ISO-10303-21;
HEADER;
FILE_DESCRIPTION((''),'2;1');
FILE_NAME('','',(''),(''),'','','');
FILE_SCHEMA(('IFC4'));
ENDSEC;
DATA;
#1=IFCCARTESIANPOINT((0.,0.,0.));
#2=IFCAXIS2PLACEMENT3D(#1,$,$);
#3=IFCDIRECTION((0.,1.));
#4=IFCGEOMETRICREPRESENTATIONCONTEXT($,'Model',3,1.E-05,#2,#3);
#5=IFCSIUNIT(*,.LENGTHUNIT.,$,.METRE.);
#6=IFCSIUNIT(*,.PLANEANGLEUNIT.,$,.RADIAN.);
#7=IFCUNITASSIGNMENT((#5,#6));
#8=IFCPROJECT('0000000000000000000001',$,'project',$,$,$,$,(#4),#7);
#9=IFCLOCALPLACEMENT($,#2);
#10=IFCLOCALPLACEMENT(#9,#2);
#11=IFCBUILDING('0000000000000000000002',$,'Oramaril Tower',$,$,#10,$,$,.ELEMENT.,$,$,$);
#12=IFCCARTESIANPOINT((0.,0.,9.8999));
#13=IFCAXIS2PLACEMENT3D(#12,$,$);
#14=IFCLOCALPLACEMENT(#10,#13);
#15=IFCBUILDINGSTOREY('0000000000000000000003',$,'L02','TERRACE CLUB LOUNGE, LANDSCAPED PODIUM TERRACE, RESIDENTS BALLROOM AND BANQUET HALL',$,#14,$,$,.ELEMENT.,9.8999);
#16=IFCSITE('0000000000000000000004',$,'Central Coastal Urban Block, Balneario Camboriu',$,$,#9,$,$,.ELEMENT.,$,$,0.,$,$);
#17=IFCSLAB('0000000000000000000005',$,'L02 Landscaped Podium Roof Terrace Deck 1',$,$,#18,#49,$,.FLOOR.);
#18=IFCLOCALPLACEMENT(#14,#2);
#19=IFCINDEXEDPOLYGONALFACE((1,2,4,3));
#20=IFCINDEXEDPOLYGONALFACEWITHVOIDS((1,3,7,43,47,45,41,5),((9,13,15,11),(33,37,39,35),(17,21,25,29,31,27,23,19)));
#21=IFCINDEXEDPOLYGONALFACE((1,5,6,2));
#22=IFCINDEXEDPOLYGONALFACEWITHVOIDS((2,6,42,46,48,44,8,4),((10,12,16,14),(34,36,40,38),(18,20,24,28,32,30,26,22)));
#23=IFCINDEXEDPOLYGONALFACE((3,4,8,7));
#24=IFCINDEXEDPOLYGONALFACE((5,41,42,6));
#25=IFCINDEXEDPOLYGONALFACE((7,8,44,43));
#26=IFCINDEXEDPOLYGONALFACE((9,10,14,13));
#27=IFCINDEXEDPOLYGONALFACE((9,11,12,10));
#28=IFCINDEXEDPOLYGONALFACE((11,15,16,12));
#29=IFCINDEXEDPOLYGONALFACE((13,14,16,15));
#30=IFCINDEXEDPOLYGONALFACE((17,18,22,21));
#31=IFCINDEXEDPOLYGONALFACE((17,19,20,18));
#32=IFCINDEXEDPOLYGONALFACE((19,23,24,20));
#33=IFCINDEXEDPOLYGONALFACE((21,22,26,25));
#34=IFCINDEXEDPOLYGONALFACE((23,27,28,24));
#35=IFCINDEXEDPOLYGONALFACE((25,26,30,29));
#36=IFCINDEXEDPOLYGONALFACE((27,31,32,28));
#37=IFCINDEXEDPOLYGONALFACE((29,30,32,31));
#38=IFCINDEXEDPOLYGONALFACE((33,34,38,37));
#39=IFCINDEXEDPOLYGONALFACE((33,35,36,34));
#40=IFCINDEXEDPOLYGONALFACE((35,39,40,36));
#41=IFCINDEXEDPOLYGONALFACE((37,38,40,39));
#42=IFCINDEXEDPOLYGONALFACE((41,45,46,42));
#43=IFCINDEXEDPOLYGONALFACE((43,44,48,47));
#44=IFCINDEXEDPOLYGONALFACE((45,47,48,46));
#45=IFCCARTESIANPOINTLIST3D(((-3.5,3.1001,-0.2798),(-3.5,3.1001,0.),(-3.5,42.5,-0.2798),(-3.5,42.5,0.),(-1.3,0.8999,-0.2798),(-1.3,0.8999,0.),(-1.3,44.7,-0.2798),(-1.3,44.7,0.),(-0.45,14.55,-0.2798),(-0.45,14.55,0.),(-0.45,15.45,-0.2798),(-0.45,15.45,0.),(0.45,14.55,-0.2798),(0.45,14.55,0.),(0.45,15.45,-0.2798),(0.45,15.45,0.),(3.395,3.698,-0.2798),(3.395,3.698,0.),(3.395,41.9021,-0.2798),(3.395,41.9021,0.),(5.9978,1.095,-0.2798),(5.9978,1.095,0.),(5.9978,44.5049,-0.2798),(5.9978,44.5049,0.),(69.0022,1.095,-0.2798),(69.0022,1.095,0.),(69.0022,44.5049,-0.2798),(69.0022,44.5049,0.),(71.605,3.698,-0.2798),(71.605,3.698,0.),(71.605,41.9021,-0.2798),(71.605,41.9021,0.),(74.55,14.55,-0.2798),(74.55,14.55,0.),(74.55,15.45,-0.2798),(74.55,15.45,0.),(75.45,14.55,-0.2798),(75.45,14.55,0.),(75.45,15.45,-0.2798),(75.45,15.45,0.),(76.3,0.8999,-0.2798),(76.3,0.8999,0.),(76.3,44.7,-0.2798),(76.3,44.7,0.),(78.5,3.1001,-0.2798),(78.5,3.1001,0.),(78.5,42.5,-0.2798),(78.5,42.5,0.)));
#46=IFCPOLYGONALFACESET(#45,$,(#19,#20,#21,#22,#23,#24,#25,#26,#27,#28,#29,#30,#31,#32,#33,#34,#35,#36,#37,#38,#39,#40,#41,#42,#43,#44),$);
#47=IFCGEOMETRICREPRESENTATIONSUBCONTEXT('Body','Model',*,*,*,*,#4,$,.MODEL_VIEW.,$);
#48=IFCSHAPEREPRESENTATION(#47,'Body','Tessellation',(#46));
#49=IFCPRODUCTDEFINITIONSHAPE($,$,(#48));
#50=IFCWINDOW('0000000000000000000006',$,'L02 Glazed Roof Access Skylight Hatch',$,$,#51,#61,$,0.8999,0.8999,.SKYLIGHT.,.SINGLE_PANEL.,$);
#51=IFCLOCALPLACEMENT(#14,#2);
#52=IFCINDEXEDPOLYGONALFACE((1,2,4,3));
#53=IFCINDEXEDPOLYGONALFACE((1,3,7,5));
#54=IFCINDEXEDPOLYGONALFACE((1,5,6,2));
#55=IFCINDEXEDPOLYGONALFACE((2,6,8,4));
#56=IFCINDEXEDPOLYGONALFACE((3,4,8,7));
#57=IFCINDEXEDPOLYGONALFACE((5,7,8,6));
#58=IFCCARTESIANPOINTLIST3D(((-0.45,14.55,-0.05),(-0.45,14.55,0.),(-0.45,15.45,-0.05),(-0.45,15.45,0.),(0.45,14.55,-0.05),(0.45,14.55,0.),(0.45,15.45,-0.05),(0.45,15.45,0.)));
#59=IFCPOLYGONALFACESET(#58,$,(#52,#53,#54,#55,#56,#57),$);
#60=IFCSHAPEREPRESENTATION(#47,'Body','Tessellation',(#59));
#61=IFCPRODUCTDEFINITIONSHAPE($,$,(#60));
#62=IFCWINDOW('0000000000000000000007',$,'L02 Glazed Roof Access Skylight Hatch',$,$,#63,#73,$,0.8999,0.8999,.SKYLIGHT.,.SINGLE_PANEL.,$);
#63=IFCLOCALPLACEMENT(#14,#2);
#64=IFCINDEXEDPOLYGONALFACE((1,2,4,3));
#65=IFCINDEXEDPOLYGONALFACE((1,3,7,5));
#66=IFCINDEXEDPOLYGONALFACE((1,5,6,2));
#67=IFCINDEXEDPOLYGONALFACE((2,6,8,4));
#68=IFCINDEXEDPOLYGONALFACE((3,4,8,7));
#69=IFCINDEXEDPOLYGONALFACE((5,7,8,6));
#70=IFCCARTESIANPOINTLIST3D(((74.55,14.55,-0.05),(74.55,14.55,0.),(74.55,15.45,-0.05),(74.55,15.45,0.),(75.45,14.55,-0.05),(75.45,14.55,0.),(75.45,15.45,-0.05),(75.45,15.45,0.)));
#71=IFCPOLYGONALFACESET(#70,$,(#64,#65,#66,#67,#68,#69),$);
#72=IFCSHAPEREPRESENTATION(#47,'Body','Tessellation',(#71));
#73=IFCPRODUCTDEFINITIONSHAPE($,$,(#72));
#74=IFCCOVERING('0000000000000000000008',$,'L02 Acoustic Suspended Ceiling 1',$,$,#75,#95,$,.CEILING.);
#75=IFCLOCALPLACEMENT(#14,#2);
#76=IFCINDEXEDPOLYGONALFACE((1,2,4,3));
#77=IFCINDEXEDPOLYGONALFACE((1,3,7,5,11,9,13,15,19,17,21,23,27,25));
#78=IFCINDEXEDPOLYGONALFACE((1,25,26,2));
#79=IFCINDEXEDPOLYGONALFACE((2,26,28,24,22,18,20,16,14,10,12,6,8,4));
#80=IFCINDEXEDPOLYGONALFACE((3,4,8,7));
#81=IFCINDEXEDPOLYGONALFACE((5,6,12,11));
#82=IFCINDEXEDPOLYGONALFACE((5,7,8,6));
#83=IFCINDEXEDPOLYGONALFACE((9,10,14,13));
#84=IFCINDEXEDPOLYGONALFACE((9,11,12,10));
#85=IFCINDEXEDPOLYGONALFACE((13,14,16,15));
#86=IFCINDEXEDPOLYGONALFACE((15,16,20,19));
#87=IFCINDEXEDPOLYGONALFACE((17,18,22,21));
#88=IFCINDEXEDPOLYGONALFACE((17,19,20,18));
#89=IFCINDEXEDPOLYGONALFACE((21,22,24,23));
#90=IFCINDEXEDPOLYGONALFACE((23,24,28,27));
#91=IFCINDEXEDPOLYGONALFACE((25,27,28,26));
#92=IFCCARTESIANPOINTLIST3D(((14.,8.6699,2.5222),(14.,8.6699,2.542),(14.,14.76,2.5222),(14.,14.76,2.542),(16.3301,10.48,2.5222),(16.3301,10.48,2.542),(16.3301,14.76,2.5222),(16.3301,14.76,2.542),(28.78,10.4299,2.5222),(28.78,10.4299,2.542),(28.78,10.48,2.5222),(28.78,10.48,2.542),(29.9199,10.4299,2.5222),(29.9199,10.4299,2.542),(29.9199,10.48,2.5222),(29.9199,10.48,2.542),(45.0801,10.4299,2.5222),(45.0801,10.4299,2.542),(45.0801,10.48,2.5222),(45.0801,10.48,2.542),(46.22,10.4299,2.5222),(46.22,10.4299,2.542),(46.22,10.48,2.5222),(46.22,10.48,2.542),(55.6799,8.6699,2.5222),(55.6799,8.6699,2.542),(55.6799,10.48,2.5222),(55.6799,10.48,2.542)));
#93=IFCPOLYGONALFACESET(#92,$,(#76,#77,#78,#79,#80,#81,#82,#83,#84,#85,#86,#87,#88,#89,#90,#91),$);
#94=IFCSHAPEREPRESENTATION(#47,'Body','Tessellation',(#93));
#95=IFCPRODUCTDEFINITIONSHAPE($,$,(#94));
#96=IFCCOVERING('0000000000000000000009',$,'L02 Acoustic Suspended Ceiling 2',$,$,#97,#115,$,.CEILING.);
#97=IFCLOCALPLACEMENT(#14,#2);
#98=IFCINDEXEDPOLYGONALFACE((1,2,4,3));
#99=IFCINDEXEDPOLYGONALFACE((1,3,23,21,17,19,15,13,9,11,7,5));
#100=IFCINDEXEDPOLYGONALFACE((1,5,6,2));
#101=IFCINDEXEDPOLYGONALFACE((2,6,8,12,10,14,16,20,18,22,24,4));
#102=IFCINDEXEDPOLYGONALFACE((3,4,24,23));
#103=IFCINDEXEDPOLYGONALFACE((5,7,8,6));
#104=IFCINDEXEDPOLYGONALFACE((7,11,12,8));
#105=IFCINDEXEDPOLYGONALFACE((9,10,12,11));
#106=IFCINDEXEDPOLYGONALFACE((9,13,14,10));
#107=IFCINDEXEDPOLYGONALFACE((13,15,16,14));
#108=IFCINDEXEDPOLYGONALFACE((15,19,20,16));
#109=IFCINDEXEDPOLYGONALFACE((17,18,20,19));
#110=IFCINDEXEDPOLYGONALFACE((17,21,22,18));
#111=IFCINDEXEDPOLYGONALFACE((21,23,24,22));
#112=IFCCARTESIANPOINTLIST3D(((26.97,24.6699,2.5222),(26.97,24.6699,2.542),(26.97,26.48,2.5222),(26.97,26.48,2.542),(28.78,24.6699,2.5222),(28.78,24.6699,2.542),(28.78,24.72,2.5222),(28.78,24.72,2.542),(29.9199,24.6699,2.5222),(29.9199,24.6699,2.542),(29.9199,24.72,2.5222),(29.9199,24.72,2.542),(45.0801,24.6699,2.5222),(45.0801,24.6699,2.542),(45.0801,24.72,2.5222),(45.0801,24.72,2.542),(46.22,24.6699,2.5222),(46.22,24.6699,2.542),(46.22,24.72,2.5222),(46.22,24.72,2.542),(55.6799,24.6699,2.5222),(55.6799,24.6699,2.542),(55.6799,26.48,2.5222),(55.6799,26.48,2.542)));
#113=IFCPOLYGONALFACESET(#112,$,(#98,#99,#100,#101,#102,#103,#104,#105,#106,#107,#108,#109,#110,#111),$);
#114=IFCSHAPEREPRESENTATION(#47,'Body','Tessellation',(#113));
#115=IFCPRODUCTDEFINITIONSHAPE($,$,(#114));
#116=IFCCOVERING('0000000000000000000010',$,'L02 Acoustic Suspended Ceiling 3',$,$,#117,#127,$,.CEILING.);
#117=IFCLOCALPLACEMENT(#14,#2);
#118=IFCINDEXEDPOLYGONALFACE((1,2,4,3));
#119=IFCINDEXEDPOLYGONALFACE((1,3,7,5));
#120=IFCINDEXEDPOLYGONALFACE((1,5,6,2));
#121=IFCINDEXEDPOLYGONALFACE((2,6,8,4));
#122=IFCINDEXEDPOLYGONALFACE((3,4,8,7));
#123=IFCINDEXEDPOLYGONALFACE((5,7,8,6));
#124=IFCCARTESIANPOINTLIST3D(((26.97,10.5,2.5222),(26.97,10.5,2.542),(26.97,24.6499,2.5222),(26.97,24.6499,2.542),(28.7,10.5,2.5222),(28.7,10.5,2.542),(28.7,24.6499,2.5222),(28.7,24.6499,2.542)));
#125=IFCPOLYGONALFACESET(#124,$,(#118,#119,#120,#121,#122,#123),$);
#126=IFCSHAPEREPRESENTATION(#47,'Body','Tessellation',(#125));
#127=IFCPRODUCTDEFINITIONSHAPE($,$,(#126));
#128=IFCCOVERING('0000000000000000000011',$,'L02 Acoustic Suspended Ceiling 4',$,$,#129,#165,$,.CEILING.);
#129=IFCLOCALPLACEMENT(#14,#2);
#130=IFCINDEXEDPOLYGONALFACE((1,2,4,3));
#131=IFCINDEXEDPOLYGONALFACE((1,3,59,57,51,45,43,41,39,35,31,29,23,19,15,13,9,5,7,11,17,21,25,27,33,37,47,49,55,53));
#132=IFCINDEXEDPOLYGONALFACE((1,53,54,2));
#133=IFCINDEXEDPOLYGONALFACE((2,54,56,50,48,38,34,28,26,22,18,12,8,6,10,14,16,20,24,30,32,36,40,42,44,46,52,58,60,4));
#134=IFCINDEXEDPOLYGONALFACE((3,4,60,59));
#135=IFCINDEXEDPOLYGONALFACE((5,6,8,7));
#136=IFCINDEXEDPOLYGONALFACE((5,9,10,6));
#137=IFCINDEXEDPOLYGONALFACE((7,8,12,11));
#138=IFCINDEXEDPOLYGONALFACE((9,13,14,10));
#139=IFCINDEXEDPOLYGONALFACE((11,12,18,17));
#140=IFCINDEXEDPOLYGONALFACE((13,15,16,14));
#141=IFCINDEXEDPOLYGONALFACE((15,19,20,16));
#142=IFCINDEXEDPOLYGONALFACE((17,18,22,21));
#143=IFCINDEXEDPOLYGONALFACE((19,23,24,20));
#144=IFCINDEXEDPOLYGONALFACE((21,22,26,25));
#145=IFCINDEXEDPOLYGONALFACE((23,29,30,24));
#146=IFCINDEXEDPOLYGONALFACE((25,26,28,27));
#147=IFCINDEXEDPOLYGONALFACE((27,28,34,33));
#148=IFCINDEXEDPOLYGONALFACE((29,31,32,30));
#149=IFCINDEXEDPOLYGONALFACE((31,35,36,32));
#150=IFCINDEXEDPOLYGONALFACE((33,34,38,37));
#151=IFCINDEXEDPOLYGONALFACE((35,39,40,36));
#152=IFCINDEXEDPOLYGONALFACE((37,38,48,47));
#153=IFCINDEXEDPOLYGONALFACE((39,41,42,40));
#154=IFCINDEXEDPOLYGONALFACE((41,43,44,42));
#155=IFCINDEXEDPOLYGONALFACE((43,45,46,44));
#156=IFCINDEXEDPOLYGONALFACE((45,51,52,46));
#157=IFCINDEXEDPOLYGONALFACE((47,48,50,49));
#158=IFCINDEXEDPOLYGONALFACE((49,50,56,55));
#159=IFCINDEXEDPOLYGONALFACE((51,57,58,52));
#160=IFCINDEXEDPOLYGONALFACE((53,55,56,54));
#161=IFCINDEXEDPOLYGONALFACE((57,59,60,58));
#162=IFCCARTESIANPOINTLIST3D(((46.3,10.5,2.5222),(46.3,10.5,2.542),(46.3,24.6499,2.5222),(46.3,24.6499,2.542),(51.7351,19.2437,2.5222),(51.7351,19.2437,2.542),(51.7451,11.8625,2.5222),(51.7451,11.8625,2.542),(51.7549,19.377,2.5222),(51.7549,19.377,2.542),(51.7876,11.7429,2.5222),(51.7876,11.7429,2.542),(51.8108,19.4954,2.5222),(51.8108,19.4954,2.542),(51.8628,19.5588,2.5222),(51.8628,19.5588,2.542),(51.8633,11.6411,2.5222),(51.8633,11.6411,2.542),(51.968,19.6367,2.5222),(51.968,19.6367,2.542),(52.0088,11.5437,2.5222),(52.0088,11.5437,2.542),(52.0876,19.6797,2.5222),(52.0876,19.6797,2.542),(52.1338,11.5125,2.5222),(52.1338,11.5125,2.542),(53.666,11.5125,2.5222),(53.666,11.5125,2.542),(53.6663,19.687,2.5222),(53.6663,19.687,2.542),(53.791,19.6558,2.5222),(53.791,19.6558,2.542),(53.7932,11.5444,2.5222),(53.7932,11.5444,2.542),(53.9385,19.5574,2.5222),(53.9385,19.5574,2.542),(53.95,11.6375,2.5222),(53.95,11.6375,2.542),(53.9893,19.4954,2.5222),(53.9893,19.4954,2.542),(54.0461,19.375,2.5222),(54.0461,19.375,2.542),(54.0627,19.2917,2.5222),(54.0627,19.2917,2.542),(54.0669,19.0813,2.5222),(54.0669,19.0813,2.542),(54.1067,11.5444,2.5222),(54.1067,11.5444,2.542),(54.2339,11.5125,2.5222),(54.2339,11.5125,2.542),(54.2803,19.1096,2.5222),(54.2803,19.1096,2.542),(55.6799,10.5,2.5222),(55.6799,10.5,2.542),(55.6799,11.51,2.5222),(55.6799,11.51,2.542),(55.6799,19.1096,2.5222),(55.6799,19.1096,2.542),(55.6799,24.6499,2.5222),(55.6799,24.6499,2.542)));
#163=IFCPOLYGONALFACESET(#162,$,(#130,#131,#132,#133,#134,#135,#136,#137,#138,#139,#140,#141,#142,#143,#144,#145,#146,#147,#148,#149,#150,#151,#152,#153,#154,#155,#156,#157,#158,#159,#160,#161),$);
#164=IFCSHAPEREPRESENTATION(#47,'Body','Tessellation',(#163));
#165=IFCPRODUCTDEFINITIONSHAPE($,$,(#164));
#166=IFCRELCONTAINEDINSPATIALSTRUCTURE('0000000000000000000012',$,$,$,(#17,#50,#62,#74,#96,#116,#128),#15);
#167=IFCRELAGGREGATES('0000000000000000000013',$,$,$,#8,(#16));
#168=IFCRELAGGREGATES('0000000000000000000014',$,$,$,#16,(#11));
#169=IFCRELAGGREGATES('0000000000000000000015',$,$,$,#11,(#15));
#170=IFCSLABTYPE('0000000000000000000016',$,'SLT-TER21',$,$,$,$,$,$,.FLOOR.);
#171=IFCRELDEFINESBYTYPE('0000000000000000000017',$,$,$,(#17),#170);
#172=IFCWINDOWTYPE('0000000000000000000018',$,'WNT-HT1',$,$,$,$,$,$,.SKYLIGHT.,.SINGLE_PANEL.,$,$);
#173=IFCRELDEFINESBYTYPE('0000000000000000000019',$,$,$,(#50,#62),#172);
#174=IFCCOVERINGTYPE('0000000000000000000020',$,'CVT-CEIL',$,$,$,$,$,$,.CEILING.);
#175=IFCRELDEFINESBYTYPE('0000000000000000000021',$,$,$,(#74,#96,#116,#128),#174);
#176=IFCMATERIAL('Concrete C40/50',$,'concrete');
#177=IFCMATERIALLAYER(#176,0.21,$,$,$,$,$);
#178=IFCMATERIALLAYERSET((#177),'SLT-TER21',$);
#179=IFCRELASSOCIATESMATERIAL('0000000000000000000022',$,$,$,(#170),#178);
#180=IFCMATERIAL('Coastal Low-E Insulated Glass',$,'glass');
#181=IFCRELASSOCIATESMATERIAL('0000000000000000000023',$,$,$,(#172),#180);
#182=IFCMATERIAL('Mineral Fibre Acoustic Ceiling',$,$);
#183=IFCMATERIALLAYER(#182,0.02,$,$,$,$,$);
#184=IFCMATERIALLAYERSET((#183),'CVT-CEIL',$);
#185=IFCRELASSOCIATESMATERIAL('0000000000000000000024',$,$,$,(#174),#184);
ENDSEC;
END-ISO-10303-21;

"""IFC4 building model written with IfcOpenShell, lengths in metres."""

from ifc_helpers import new_model, si_unit, direction, frame, origin, origin_2d, place, context, subcontext, project, spatial, polyline, rectangle, outline, extrude, material, layer, layer_set, type_object, element, fill, save


model = new_model("IFC4")

# Units and contexts
model_context = context("Model", 3, precision=1e-05, world=origin(), true_north=direction((0.0, 1.0)))
body_context = subcontext(model_context, "Body", "Model", "MODEL_VIEW")
ifc_project = project(units=[si_unit("LENGTHUNIT", "METRE"), si_unit("PLANEANGLEUNIT", "RADIAN")], contexts=[model_context])

# Site, building, storey
site_placement = place(None, origin())
site = spatial("IfcSite", under=ifc_project, at=site_placement, Name="Central Coastal Urban Block, Balneario Camboriu", CompositionType="ELEMENT", RefElevation=0.0)
building_placement = place(site_placement, origin())
building = spatial("IfcBuilding", under=site, at=building_placement, Name="Oramaril Tower", CompositionType="ELEMENT")
storey_placement = place(building_placement, frame((0.0, 0.0, 9.8999)))
storey = spatial("IfcBuildingStorey", under=building, at=storey_placement, Name="L02", Description="TERRACE CLUB LOUNGE, LANDSCAPED PODIUM TERRACE, RESIDENTS BALLROOM AND BANQUET HALL", CompositionType="ELEMENT", Elevation=9.8999)

# Slab, openings, windows
ifc_material_1 = material(Name="Concrete C40/50", Category="concrete")
ifc_layer_1 = layer(ifc_material_1, 0.21)
ifc_layer_set_1 = layer_set([ifc_layer_1], Name="SLT-TER21")
slab_type_1 = type_object("IfcSlabType", Name="SLT-TER21", PredefinedType="FLOOR", material=ifc_layer_set_1)
slab_1_placement = place(storey_placement, frame((0.0, 0.0, -0.2798)))
slab_1 = element("IfcSlab", 1, at=slab_1_placement, inside=storey, type_object=slab_type_1, Name="L02 Landscaped Podium Roof Terrace Deck 1", PredefinedType="FLOOR", context=body_context, shape_type="SweptSolid", body=[
    extrude(outline(polyline([(-3.5, 3.1001), (-3.5, 42.5), (-1.3, 44.7), (76.3, 44.7), (78.5, 42.5), (78.5, 3.1001), (76.3, 0.8999), (-1.3, 0.8999), (-3.5, 3.1001)]), holes=[polyline([(69.0022, 1.095), (71.605, 3.698), (71.605, 41.9021), (69.0022, 44.5049), (5.9978, 44.5049), (3.395, 41.9021), (3.395, 3.698), (5.9978, 1.095), (69.0022, 1.095)])]), origin(), (0.0, 0.0, 1.0), 0.2798),
])
opening_1_placement = place(slab_1_placement, frame((0.0, 15.0, 0.0)))
opening_1 = element("IfcOpeningElement", 2, at=opening_1_placement, cuts=slab_1, PredefinedType="OPENING", context=body_context, shape_type="SweptSolid", body=[
    extrude(rectangle(XDim=0.8999, YDim=0.8999, at=origin_2d()), origin(), (0.0, 0.0, 1.0), 0.2798),
])
opening_2_placement = place(slab_1_placement, frame((75.0, 15.0, 0.0)))
opening_2 = element("IfcOpeningElement", 3, at=opening_2_placement, cuts=slab_1, PredefinedType="OPENING", context=body_context, shape_type="SweptSolid", body=[
    extrude(rectangle(XDim=0.8999, YDim=0.8999, at=origin_2d()), origin(), (0.0, 0.0, 1.0), 0.2798),
])
ifc_material_2 = material(Name="Coastal Low-E Insulated Glass", Category="glass")
window_type = type_object("IfcWindowType", Name="WNT-HT1", PartitioningType="SINGLE_PANEL", PredefinedType="SKYLIGHT", material=ifc_material_2)
window_1_placement = place(opening_1_placement, frame((0.0, 0.0, 0.2297)))
window_1 = element("IfcWindow", 4, at=window_1_placement, inside=storey, type_object=window_type, Name="L02 Glazed Roof Access Skylight Hatch", OverallHeight=0.8999, OverallWidth=0.8999, PartitioningType="SINGLE_PANEL", PredefinedType="SKYLIGHT", context=body_context, shape_type="SweptSolid", body=[
    extrude(rectangle(XDim=0.8999, YDim=0.8999, at=origin_2d()), origin(), (0.0, 0.0, 1.0), 0.05),
])
fill(opening_1, window_1)
window_2_placement = place(opening_2_placement, frame((0.0, 0.0, 0.2297)))
window_2 = element("IfcWindow", 5, at=window_2_placement, inside=storey, type_object=window_type, Name="L02 Glazed Roof Access Skylight Hatch", OverallHeight=0.8999, OverallWidth=0.8999, PartitioningType="SINGLE_PANEL", PredefinedType="SKYLIGHT", context=body_context, shape_type="SweptSolid", body=[
    extrude(rectangle(XDim=0.8999, YDim=0.8999, at=origin_2d()), origin(), (0.0, 0.0, 1.0), 0.05),
])
fill(opening_2, window_2)

# Coverings
ifc_material_3 = material(Name="Mineral Fibre Acoustic Ceiling")
ifc_layer_2 = layer(ifc_material_3, 0.02)
ifc_layer_set_2 = layer_set([ifc_layer_2], Name="CVT-CEIL")
covering_type_1 = type_object("IfcCoveringType", Name="CVT-CEIL", PredefinedType="CEILING", material=ifc_layer_set_2)
covering_1_placement = place(storey_placement, frame((0.0, 0.0, 2.5222)))
element("IfcCovering", 6, at=covering_1_placement, inside=storey, type_object=covering_type_1, Name="L02 Acoustic Suspended Ceiling 1", PredefinedType="CEILING", context=body_context, shape_type="SweptSolid", body=[
    extrude(outline(polyline([(28.78, 10.48), (28.78, 10.4299), (29.9199, 10.4299), (29.9199, 10.48), (45.0801, 10.48), (45.0801, 10.4299), (46.22, 10.4299), (46.22, 10.48), (55.6799, 10.48), (55.6799, 8.6699), (14.0, 8.6699), (14.0, 14.76), (16.3301, 14.76), (16.3301, 10.48), (28.78, 10.48)])), origin(), (0.0, 0.0, 1.0), 0.0198),
])
covering_2_placement = place(storey_placement, frame((0.0, 0.0, 2.5222)))
element("IfcCovering", 7, at=covering_2_placement, inside=storey, type_object=covering_type_1, Name="L02 Acoustic Suspended Ceiling 2", PredefinedType="CEILING", context=body_context, shape_type="SweptSolid", body=[
    extrude(outline(polyline([(55.6799, 26.48), (55.6799, 24.6699), (46.22, 24.6699), (46.22, 24.72), (45.0801, 24.72), (45.0801, 24.6699), (29.9199, 24.6699), (29.9199, 24.72), (28.78, 24.72), (28.78, 24.6699), (26.97, 24.6699), (26.97, 26.48), (55.6799, 26.48)])), origin(), (0.0, 0.0, 1.0), 0.0198),
])
covering_3_placement = place(storey_placement, frame((0.0, 0.0, 2.5222)))
element("IfcCovering", 8, at=covering_3_placement, inside=storey, type_object=covering_type_1, Name="L02 Acoustic Suspended Ceiling 3", PredefinedType="CEILING", context=body_context, shape_type="SweptSolid", body=[
    extrude(outline(polyline([(28.7, 10.5), (26.97, 10.5), (26.97, 24.6499), (28.7, 24.6499), (28.7, 10.5)])), origin(), (0.0, 0.0, 1.0), 0.0198),
])
covering_4_placement = place(storey_placement, frame((0.0, 0.0, 2.5222)))
element("IfcCovering", 9, at=covering_4_placement, inside=storey, type_object=covering_type_1, Name="L02 Acoustic Suspended Ceiling 4", PredefinedType="CEILING", context=body_context, shape_type="SweptSolid", body=[
    extrude(outline(polyline([(54.0627, 19.2917), (54.0461, 19.375), (53.9893, 19.4954), (53.9385, 19.5574), (53.791, 19.6558), (53.6663, 19.687), (52.0876, 19.6797), (51.968, 19.6367), (51.8628, 19.5588), (51.8108, 19.4954), (51.7549, 19.377), (51.7351, 19.2437), (51.7451, 11.8625), (51.7876, 11.7429), (51.8633, 11.6411), (52.0088, 11.5437), (52.1338, 11.5125), (53.666, 11.5125), (53.7932, 11.5444), (53.95, 11.6375), (54.1067, 11.5444), (54.2339, 11.5125), (55.6799, 11.51), (55.6799, 10.5), (46.3, 10.5), (46.3, 24.6499), (55.6799, 24.6499), (55.6799, 19.1096), (54.2803, 19.1096), (54.0669, 19.0813), (54.0627, 19.2917)])), origin(), (0.0, 0.0, 1.0), 0.0198),
])

save(model, "model.ifc")
